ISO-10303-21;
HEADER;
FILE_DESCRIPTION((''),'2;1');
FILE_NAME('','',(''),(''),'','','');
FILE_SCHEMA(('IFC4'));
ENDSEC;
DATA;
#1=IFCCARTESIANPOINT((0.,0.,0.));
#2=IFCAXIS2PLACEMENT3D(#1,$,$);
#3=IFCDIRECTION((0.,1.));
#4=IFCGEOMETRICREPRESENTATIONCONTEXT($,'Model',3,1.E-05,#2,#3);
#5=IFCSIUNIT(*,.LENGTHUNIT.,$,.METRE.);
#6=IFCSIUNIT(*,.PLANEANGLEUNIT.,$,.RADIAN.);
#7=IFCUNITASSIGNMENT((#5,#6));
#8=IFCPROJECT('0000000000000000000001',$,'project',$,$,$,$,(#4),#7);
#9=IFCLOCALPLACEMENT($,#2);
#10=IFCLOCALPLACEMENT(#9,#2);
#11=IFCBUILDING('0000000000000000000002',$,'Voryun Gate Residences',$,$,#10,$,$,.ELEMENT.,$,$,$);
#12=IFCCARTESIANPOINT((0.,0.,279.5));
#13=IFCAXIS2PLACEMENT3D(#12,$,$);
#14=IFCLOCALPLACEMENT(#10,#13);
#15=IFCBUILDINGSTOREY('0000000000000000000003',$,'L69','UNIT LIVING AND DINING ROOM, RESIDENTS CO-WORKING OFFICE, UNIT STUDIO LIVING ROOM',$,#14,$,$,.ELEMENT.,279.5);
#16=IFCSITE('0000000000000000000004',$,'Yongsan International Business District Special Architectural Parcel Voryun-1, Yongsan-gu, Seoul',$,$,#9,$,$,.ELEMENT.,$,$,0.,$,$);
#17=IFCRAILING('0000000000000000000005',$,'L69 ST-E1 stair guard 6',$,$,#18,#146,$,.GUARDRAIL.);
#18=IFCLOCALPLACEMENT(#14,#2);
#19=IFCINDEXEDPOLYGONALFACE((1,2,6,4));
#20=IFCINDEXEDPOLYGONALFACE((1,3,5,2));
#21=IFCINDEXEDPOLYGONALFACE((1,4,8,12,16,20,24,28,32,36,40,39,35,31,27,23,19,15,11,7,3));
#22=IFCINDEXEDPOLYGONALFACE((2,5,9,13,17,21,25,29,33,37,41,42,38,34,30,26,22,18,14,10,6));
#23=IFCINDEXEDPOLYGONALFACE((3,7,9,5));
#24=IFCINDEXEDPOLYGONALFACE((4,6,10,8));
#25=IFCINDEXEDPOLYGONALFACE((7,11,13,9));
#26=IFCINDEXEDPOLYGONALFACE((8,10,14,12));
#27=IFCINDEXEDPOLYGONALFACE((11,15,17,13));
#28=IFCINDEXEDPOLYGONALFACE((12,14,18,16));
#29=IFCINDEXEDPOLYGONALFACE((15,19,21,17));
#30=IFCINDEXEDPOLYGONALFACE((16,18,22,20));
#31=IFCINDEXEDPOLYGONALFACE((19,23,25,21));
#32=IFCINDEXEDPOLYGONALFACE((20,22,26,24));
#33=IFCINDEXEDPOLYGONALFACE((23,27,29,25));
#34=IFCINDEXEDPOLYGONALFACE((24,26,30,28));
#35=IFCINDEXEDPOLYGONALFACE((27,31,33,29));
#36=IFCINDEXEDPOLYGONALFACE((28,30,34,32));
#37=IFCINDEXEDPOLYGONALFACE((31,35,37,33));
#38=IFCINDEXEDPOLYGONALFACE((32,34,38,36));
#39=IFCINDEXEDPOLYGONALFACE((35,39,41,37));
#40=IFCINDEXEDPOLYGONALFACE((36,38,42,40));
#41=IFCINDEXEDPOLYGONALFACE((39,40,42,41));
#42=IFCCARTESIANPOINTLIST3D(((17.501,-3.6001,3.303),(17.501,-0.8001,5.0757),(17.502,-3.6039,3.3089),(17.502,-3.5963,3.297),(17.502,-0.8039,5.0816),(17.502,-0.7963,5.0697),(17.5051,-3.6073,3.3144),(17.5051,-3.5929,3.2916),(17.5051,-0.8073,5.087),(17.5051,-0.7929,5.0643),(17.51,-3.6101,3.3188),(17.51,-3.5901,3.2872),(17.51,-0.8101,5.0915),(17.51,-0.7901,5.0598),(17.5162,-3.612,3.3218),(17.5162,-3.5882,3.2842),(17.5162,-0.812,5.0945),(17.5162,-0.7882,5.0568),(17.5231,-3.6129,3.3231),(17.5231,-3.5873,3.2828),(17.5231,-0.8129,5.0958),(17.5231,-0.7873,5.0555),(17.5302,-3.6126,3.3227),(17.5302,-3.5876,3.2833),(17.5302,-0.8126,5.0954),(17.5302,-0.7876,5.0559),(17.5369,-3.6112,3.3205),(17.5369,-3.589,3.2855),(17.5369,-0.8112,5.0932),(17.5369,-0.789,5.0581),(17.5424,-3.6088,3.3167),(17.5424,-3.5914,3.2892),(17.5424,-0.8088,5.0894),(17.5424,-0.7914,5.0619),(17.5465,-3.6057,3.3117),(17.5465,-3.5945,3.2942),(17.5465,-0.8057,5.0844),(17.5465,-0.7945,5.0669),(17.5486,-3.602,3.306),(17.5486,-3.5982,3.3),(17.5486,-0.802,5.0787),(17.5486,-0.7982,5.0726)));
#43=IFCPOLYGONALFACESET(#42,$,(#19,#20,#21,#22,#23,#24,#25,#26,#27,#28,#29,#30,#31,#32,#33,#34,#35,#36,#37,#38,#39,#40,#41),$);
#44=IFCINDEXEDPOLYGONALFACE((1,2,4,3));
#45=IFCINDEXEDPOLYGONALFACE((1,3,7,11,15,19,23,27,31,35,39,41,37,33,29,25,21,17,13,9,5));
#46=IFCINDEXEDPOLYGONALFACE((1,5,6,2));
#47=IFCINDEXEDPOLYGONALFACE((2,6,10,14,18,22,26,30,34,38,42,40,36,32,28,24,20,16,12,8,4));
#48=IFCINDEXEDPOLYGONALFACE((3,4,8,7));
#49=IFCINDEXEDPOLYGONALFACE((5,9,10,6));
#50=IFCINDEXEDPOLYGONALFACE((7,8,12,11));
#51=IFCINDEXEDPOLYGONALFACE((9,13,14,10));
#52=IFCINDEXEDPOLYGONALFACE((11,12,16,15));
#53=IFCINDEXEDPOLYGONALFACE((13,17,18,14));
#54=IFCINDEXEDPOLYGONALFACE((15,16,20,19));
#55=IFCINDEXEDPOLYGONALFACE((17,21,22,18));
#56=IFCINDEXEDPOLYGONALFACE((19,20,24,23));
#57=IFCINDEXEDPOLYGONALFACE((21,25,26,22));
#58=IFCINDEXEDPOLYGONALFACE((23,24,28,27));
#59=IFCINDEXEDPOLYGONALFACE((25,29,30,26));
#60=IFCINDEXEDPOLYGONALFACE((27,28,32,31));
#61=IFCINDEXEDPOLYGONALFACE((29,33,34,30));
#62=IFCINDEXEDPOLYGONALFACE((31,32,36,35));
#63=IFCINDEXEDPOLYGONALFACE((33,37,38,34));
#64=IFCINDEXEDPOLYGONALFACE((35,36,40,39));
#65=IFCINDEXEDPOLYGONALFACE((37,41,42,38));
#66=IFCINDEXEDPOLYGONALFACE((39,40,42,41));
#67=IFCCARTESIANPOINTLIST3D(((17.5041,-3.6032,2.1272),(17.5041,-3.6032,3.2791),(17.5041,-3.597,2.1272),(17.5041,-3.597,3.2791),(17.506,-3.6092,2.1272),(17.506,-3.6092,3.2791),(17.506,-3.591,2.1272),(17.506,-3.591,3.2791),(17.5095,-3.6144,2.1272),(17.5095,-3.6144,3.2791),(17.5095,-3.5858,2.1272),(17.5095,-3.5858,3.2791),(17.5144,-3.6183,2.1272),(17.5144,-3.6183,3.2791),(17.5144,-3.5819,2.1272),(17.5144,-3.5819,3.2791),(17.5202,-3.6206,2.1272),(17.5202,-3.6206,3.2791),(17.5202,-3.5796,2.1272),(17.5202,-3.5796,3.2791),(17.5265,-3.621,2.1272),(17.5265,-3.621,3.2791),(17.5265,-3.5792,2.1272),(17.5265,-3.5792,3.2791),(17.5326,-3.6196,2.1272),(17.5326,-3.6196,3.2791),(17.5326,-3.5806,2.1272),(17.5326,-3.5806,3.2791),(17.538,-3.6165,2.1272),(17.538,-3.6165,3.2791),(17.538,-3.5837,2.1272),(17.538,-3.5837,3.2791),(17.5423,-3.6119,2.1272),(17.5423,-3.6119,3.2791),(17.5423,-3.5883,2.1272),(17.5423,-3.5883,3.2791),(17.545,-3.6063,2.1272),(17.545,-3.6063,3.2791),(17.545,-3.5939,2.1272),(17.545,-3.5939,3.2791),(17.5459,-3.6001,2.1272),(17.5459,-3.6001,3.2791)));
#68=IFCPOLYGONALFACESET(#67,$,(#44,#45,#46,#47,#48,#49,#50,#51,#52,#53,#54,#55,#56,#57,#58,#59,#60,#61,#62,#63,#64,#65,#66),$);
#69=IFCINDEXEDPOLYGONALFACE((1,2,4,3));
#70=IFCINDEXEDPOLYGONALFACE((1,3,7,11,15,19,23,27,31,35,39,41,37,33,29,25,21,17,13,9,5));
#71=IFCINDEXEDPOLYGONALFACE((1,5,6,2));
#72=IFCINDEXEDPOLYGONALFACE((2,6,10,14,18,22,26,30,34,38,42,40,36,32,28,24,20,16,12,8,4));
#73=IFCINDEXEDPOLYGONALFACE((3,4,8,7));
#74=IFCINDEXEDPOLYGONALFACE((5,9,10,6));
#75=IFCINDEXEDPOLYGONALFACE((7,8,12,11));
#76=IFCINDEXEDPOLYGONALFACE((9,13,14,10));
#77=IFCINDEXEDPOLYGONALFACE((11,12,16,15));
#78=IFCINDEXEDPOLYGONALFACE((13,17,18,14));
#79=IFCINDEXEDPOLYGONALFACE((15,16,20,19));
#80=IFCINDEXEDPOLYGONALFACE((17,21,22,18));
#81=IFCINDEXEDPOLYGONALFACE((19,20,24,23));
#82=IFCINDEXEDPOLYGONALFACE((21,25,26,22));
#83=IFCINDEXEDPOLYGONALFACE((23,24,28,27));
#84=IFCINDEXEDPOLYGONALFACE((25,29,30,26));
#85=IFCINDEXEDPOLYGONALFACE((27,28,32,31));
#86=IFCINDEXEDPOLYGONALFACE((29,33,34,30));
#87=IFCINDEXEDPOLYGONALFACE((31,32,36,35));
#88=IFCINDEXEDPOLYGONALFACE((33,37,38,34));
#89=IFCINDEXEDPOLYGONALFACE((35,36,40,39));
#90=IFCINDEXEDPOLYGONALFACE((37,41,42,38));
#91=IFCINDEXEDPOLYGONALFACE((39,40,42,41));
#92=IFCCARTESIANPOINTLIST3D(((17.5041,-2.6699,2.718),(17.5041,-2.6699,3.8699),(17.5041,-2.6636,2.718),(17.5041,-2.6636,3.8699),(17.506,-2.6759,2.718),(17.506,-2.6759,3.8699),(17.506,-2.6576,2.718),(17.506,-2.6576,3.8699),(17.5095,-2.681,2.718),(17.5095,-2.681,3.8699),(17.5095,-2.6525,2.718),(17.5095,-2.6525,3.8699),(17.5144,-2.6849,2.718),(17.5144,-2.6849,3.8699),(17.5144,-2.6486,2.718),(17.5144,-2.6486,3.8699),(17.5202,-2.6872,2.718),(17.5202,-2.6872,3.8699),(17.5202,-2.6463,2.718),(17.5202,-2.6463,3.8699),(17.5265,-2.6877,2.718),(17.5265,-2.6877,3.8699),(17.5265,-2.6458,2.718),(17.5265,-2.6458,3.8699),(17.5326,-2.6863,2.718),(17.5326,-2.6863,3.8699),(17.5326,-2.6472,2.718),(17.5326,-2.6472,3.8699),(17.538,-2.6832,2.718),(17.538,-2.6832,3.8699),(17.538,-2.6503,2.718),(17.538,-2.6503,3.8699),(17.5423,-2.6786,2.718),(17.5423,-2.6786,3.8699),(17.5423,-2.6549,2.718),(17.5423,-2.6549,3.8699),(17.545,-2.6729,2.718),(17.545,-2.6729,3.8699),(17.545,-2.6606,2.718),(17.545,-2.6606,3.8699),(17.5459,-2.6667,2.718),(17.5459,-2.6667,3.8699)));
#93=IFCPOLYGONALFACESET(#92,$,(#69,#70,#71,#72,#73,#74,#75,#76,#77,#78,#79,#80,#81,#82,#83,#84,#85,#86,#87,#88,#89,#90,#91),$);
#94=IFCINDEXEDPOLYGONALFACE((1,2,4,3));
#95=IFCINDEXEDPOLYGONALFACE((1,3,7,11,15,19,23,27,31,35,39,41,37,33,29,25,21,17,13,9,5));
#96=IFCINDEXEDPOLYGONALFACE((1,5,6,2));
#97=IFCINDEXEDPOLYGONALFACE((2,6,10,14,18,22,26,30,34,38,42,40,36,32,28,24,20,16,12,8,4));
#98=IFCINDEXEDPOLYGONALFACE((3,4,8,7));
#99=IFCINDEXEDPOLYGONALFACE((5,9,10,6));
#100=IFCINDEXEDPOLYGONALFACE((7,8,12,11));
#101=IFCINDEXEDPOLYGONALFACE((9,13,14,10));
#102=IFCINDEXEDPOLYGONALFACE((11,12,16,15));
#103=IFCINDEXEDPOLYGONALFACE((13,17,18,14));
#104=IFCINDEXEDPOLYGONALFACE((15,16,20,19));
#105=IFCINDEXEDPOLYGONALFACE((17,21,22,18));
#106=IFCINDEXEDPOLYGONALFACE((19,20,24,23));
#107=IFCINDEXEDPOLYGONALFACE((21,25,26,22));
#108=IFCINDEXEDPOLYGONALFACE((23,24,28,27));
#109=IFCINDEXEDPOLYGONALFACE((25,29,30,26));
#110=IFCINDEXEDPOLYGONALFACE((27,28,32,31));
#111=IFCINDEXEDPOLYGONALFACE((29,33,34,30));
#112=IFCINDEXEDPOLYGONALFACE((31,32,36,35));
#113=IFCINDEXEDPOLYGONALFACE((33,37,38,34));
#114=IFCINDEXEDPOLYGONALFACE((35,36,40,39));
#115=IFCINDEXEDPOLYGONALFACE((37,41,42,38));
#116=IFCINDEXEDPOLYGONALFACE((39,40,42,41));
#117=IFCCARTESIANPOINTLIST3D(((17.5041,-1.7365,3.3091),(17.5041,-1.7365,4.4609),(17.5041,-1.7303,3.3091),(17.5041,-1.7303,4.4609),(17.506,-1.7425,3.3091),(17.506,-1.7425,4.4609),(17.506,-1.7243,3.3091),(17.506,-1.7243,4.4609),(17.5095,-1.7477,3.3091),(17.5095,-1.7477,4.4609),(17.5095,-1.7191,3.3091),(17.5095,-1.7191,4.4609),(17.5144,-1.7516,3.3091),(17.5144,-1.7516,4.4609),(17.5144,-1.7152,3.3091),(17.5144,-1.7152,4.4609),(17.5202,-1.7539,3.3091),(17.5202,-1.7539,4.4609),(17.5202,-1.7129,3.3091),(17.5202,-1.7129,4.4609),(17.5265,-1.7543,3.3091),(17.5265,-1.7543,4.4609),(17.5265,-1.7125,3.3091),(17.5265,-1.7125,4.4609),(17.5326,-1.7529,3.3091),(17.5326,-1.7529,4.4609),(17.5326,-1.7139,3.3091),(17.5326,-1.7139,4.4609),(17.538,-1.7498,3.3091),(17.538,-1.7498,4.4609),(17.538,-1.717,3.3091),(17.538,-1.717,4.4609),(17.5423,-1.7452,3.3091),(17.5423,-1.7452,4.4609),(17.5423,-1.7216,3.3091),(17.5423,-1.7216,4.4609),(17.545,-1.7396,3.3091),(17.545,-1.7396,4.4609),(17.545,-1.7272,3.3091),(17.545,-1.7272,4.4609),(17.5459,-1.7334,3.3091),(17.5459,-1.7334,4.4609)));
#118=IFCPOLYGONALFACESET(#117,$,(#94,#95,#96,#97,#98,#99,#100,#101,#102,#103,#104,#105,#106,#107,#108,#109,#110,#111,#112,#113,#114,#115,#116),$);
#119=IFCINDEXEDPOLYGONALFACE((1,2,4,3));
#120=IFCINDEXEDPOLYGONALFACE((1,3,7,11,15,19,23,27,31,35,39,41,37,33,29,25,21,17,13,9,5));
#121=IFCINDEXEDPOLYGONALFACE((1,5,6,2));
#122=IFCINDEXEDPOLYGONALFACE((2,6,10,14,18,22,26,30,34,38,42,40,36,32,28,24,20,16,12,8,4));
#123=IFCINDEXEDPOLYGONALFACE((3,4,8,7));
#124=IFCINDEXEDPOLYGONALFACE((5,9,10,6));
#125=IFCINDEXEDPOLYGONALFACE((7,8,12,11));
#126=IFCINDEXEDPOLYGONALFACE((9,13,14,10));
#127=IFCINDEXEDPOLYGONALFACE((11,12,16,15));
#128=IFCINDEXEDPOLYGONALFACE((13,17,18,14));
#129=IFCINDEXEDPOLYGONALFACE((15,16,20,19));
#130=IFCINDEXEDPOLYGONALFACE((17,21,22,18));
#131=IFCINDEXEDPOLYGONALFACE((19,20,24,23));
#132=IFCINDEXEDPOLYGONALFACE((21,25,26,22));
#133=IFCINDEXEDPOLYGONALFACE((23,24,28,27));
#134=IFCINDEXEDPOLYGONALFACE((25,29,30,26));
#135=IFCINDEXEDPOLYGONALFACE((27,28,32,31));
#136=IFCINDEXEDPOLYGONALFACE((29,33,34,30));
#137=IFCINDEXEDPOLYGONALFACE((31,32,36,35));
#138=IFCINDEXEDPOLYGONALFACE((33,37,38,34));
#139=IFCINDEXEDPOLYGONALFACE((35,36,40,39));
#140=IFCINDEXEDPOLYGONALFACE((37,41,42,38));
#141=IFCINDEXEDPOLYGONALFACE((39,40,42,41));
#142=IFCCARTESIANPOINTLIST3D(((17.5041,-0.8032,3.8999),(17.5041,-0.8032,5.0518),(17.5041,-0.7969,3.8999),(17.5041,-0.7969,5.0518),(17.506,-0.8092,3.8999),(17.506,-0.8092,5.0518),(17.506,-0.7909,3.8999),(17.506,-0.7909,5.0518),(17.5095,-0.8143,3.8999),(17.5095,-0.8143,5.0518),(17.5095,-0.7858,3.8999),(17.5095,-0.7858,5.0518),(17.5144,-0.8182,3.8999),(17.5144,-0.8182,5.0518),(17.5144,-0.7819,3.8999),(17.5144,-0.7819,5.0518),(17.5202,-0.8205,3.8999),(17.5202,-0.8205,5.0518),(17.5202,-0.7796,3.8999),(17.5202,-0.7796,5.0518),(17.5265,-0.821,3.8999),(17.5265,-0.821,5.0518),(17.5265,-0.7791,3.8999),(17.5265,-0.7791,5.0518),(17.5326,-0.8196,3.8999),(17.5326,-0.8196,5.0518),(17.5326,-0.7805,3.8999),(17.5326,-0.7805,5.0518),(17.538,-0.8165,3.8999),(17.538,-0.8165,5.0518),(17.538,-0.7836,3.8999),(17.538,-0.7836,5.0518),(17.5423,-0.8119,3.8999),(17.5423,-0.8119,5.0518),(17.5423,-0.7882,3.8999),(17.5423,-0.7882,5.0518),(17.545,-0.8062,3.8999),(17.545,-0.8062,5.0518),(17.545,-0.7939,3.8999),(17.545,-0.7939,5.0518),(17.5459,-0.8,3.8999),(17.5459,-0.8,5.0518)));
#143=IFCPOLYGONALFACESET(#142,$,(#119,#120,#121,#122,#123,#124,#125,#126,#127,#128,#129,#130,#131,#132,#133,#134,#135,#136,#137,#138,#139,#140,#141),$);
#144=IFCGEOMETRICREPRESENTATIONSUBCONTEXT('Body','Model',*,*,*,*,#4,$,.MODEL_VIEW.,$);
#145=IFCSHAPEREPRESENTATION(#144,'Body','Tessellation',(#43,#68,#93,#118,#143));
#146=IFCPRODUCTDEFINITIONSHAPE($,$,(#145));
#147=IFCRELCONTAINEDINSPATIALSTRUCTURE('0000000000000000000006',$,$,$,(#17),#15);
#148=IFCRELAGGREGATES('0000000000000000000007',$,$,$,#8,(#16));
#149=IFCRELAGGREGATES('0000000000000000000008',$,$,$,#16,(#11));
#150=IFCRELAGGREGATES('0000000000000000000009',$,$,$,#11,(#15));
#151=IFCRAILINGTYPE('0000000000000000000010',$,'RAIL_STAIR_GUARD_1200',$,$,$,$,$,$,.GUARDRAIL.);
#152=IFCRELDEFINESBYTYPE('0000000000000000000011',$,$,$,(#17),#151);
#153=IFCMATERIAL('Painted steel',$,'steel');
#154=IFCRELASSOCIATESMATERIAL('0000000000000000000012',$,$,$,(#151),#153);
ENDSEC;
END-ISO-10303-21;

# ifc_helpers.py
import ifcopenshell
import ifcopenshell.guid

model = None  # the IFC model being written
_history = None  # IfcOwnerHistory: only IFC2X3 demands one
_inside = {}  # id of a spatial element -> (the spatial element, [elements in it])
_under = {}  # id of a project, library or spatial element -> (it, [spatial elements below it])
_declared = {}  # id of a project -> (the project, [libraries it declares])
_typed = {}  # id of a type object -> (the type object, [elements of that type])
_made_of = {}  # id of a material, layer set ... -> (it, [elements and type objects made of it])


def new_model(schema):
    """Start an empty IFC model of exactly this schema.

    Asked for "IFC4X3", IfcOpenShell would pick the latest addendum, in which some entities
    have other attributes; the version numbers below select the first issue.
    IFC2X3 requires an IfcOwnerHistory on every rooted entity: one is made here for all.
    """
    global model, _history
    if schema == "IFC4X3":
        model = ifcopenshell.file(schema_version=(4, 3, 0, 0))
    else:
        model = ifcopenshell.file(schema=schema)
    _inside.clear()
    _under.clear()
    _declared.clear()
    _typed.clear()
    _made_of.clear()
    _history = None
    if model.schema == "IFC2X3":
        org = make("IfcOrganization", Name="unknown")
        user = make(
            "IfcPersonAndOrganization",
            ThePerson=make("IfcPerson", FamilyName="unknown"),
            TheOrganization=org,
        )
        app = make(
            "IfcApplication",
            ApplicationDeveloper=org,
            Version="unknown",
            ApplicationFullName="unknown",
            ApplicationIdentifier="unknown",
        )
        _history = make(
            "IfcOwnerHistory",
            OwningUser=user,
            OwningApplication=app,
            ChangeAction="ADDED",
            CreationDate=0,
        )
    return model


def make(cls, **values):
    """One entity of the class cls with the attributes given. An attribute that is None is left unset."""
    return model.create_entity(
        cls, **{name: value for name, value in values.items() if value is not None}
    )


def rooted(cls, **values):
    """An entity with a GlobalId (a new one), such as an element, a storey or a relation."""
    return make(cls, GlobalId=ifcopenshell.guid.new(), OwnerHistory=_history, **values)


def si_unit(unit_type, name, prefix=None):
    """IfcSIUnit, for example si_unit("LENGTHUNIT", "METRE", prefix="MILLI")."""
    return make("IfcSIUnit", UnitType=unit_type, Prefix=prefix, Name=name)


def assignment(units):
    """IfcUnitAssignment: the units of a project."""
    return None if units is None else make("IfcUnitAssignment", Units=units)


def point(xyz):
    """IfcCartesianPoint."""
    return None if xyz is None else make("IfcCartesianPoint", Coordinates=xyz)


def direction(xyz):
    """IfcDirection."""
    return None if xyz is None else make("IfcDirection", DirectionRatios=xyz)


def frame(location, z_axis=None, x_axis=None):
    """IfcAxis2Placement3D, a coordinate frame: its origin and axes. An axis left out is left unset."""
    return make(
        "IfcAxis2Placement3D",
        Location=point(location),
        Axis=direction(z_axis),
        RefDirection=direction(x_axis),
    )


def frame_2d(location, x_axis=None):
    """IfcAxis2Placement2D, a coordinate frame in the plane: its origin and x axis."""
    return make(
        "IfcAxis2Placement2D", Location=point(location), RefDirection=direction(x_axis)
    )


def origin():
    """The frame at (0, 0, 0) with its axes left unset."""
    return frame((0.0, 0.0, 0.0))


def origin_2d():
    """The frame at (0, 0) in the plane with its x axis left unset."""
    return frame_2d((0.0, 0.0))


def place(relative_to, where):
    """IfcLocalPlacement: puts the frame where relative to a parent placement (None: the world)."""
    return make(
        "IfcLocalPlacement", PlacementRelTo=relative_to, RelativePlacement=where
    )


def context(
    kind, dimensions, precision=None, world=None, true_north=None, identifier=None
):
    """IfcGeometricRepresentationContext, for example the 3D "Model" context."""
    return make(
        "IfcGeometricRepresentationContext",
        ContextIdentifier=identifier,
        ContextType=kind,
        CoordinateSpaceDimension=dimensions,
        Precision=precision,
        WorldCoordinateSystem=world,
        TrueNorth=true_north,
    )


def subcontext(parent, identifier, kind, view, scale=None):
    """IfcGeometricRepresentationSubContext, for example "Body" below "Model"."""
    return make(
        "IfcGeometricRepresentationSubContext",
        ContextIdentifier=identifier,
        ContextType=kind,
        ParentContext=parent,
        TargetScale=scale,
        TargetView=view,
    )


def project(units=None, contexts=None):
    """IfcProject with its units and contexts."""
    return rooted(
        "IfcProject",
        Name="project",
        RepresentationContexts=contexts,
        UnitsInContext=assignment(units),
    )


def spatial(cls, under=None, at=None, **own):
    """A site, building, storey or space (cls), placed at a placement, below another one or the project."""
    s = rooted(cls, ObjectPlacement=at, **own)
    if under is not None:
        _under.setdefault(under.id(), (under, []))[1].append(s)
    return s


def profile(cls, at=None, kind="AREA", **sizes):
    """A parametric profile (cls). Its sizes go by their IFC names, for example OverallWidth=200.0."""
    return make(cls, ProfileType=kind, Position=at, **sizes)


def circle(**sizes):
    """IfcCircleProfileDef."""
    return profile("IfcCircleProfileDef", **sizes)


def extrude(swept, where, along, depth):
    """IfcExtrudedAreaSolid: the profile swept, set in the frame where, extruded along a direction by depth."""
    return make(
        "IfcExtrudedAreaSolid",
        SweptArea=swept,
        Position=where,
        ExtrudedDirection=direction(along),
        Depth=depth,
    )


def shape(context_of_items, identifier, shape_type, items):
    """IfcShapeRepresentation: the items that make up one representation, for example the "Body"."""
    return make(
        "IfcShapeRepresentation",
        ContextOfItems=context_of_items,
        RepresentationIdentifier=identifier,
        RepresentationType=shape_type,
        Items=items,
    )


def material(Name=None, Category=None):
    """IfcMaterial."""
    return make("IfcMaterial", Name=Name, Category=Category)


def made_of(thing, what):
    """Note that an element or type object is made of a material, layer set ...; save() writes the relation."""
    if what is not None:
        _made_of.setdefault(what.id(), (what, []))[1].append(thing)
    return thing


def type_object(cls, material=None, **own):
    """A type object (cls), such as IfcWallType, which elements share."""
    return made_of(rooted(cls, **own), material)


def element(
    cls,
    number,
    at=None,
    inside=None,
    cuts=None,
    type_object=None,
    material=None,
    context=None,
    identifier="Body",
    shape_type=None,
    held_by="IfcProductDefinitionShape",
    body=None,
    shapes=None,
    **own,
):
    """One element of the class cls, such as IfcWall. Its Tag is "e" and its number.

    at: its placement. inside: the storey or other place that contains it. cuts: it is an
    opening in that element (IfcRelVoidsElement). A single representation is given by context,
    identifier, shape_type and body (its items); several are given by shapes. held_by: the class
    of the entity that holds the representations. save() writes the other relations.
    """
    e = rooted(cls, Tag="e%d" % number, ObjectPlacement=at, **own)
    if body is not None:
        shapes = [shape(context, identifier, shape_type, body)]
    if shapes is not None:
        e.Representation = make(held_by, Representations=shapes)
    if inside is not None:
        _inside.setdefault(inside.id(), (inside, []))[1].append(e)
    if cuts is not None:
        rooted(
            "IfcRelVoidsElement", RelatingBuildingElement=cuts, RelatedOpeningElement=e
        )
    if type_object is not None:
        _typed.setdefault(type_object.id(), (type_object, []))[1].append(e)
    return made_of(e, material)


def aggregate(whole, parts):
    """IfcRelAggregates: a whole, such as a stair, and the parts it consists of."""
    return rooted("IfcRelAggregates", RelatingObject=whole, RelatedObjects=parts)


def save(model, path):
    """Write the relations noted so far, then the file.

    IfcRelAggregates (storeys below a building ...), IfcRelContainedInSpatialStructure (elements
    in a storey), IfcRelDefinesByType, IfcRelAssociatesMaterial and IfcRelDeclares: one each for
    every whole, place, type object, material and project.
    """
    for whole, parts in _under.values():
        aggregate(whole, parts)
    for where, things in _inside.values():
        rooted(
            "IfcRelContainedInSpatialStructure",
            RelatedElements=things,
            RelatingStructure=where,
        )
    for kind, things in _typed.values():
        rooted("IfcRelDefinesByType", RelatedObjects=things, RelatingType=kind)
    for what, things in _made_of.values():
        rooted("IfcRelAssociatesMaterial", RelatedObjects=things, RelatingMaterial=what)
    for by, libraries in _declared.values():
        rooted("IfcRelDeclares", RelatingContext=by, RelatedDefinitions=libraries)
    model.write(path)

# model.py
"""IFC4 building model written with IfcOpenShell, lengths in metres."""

from ifc_helpers import new_model, si_unit, direction, frame, origin, origin_2d, place, context, subcontext, project, spatial, circle, extrude, material, type_object, element, save


model = new_model("IFC4")

# Units and contexts
model_context = context("Model", 3, precision=1e-05, world=origin(), true_north=direction((0.0, 1.0)))
body_context = subcontext(model_context, "Body", "Model", "MODEL_VIEW")
ifc_project = project(units=[si_unit("LENGTHUNIT", "METRE"), si_unit("PLANEANGLEUNIT", "RADIAN")], contexts=[model_context])

# Site, building, storey
site_placement = place(None, origin())
site = spatial("IfcSite", under=ifc_project, at=site_placement, Name="Yongsan International Business District Special Architectural Parcel Voryun-1, Yongsan-gu, Seoul", CompositionType="ELEMENT", RefElevation=0.0)
building_placement = place(site_placement, origin())
building = spatial("IfcBuilding", under=site, at=building_placement, Name="Voryun Gate Residences", CompositionType="ELEMENT")
storey_placement = place(building_placement, frame((0.0, 0.0, 279.5)))
storey = spatial("IfcBuildingStorey", under=building, at=storey_placement, Name="L69", Description="UNIT LIVING AND DINING ROOM, RESIDENTS CO-WORKING OFFICE, UNIT STUDIO LIVING ROOM", CompositionType="ELEMENT", Elevation=279.5)

# Railing
ifc_material_1 = material(Name="Painted steel", Category="steel")
railing_type_1 = type_object("IfcRailingType", Name="RAIL_STAIR_GUARD_1200", PredefinedType="GUARDRAIL", material=ifc_material_1)
railing_1_placement = place(storey_placement, frame((17.5249, -3.6001, 2.1272)))
element("IfcRailing", 1, at=railing_1_placement, inside=storey, type_object=railing_type_1, Name="L69 ST-E1 stair guard 6", PredefinedType="GUARDRAIL", context=body_context, shape_type="SweptSolid", body=[
    extrude(circle(Radius=0.0239, at=origin_2d()), frame((0.0, 0.0, 1.1758), z_axis=(0.0, 0.844909, 0.53491), x_axis=(-1.0, 0.0, 0.0)), (0.0, 0.0, 1.0), 3.314),
    extrude(circle(Radius=0.021, at=origin_2d()), origin(), (0.0, 0.0, 1.0), 1.1519),
    extrude(circle(Radius=0.021, at=origin_2d()), frame((0.0, 0.9333, 0.5908)), (0.0, 0.0, 1.0), 1.1519),
    extrude(circle(Radius=0.021, at=origin_2d()), frame((0.0, 1.8667, 1.1819)), (0.0, 0.0, 1.0), 1.1519),
    extrude(circle(Radius=0.021, at=origin_2d()), frame((0.0, 2.8, 1.7727)), (0.0, 0.0, 1.0), 1.1519),
])

save(model, "model.ifc")
